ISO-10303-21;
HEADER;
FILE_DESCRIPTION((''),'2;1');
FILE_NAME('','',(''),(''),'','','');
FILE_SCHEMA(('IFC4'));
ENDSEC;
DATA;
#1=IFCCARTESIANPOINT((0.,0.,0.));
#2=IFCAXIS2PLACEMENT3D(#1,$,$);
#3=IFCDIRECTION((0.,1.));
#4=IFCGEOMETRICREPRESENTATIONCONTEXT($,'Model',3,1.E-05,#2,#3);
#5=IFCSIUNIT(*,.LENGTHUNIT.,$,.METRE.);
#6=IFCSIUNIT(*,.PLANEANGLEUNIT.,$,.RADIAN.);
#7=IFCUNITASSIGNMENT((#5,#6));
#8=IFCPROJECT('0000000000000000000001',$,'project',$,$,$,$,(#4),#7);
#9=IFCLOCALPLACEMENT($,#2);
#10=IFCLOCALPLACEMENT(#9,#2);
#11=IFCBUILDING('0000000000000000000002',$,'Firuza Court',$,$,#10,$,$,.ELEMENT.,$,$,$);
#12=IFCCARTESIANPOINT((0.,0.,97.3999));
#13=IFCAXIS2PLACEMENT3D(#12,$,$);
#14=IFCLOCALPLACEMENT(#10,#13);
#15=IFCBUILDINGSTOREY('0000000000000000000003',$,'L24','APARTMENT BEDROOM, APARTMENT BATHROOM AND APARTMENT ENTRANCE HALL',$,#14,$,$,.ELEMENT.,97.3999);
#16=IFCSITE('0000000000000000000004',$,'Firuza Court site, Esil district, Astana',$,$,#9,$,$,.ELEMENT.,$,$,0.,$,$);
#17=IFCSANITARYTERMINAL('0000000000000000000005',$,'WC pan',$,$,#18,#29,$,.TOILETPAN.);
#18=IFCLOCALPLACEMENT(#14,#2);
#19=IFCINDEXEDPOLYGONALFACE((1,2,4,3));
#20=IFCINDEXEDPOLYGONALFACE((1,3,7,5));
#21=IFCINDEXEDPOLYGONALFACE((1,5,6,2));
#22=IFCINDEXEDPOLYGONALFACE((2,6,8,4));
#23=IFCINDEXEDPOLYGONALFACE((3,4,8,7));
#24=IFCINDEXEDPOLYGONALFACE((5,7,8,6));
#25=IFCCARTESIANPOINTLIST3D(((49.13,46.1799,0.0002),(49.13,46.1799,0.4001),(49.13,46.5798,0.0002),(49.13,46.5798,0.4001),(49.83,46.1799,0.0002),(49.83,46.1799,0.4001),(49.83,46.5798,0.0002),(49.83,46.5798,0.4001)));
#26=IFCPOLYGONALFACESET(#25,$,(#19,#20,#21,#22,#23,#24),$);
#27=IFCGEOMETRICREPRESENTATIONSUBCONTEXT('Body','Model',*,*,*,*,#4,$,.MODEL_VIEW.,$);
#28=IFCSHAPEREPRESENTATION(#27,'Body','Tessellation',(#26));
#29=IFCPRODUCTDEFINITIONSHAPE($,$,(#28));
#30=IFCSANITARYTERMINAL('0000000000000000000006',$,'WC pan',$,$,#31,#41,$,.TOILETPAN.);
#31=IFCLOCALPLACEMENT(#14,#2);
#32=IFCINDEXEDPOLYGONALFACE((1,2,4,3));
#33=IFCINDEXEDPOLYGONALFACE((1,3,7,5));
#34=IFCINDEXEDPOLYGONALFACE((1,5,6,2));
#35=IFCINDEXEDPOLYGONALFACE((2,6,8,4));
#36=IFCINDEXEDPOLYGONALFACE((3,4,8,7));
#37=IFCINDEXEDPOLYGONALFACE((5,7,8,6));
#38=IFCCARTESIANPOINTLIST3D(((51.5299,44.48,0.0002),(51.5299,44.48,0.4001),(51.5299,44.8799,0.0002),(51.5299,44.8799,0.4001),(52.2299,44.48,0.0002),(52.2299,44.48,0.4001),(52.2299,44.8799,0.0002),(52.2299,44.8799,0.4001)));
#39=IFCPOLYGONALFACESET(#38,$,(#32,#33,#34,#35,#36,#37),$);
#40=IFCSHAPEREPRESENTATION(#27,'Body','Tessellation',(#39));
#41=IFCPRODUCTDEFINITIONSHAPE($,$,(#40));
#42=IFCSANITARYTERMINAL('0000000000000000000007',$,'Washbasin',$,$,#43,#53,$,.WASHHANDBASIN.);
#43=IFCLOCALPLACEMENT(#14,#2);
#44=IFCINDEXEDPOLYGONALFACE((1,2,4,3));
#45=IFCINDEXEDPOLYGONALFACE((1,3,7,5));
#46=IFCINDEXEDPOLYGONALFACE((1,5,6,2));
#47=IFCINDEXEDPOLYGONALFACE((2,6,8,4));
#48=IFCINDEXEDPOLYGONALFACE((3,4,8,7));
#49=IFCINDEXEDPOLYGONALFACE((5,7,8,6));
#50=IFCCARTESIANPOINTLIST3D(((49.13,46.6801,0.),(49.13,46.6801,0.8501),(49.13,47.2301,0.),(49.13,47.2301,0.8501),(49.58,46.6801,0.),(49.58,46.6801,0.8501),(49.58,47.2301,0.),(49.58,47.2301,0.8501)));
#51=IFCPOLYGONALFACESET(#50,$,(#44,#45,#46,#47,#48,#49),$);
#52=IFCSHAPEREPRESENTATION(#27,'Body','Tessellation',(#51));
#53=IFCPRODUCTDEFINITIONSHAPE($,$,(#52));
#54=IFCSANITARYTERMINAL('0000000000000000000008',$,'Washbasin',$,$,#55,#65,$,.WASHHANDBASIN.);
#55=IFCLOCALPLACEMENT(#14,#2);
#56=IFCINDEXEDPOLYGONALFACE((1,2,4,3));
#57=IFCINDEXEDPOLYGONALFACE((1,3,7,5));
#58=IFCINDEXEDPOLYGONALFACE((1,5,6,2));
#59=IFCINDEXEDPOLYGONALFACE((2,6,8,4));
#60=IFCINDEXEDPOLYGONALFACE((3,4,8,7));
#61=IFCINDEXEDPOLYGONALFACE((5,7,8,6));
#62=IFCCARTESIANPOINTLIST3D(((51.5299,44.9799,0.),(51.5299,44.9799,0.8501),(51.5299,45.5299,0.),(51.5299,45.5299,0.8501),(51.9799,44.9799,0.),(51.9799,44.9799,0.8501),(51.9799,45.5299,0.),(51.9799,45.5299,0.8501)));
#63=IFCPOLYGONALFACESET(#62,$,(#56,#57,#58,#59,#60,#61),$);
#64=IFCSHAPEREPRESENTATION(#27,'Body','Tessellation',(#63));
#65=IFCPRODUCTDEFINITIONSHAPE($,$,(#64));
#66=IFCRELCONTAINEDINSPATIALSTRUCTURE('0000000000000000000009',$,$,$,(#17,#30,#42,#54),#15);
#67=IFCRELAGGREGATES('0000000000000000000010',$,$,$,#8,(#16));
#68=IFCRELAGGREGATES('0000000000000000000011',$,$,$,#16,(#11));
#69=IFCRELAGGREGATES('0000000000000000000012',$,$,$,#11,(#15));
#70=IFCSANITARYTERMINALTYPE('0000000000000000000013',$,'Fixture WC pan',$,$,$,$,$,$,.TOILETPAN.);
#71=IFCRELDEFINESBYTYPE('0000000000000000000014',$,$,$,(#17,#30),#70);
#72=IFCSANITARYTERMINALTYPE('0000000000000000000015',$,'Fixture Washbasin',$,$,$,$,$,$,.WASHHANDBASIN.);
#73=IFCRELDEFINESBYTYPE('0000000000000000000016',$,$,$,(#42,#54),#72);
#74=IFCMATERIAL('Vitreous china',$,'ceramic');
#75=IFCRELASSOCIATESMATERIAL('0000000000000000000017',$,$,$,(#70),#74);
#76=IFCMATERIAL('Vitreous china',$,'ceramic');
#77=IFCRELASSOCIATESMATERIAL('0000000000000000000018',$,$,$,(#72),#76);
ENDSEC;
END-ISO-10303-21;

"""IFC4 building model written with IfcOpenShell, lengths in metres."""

from ifc_helpers import new_model, si_unit, direction, frame, origin, origin_2d, place, context, subcontext, project, spatial, rectangle, extrude, material, type_object, element, save


model = new_model("IFC4")

# Units and contexts
model_context = context("Model", 3, precision=1e-05, world=origin(), true_north=direction((0.0, 1.0)))
body_context = subcontext(model_context, "Body", "Model", "MODEL_VIEW")
ifc_project = project(units=[si_unit("LENGTHUNIT", "METRE"), si_unit("PLANEANGLEUNIT", "RADIAN")], contexts=[model_context])

# Site, building, storey
site_placement = place(None, origin())
site = spatial("IfcSite", under=ifc_project, at=site_placement, Name="Firuza Court site, Esil district, Astana", CompositionType="ELEMENT", RefElevation=0.0)
building_placement = place(site_placement, origin())
building = spatial("IfcBuilding", under=site, at=building_placement, Name="Firuza Court", CompositionType="ELEMENT")
storey_placement = place(building_placement, frame((0.0, 0.0, 97.3999)))
storey = spatial("IfcBuildingStorey", under=building, at=storey_placement, Name="L24", Description="APARTMENT BEDROOM, APARTMENT BATHROOM AND APARTMENT ENTRANCE HALL", CompositionType="ELEMENT", Elevation=97.3999)

# Sanitary terminals
ifc_material_1 = material(Name="Vitreous china", Category="ceramic")
sanitary_terminal_type_1 = type_object("IfcSanitaryTerminalType", Name="Fixture WC pan", PredefinedType="TOILETPAN", material=ifc_material_1)
for number, where, z_axis, x_axis, name in (
    (1, (49.48, 46.3799, 0.0002), (0.0, 0.0, 1.0), (1.0, 0.0, 0.0), "WC pan"),
    (2, (51.8799, 44.6799, 0.0002), (0.0, 0.0, 1.0), (1.0, 0.0, 0.0), "WC pan"),
):
    element("IfcSanitaryTerminal", number, at=place(storey_placement, frame(where, z_axis=z_axis, x_axis=x_axis)), inside=storey, type_object=sanitary_terminal_type_1, Name=name, PredefinedType="TOILETPAN", context=body_context, shape_type="SweptSolid", body=[
        extrude(rectangle(XDim=0.7, YDim=0.3999, at=origin_2d()), origin(), (0.0, 0.0, 1.0), 0.3999),
    ])
ifc_material_2 = material(Name="Vitreous china", Category="ceramic")
sanitary_terminal_type_2 = type_object("IfcSanitaryTerminalType", Name="Fixture Washbasin", PredefinedType="WASHHANDBASIN", material=ifc_material_2)
for number, where, z_axis, x_axis, name in (
    (3, (49.355, 46.9551, 0.0), (0.0, 0.0, 1.0), (1.0, 0.0, 0.0), "Washbasin"),
    (4, (51.7549, 45.2549, 0.0), (0.0, 0.0, 1.0), (1.0, 0.0, 0.0), "Washbasin"),
):
    element("IfcSanitaryTerminal", number, at=place(storey_placement, frame(where, z_axis=z_axis, x_axis=x_axis)), inside=storey, type_object=sanitary_terminal_type_2, Name=name, PredefinedType="WASHHANDBASIN", context=body_context, shape_type="SweptSolid", body=[
        extrude(rectangle(XDim=0.45, YDim=0.55, at=origin_2d()), origin(), (0.0, 0.0, 1.0), 0.8501),
    ])

save(model, "model.ifc")
